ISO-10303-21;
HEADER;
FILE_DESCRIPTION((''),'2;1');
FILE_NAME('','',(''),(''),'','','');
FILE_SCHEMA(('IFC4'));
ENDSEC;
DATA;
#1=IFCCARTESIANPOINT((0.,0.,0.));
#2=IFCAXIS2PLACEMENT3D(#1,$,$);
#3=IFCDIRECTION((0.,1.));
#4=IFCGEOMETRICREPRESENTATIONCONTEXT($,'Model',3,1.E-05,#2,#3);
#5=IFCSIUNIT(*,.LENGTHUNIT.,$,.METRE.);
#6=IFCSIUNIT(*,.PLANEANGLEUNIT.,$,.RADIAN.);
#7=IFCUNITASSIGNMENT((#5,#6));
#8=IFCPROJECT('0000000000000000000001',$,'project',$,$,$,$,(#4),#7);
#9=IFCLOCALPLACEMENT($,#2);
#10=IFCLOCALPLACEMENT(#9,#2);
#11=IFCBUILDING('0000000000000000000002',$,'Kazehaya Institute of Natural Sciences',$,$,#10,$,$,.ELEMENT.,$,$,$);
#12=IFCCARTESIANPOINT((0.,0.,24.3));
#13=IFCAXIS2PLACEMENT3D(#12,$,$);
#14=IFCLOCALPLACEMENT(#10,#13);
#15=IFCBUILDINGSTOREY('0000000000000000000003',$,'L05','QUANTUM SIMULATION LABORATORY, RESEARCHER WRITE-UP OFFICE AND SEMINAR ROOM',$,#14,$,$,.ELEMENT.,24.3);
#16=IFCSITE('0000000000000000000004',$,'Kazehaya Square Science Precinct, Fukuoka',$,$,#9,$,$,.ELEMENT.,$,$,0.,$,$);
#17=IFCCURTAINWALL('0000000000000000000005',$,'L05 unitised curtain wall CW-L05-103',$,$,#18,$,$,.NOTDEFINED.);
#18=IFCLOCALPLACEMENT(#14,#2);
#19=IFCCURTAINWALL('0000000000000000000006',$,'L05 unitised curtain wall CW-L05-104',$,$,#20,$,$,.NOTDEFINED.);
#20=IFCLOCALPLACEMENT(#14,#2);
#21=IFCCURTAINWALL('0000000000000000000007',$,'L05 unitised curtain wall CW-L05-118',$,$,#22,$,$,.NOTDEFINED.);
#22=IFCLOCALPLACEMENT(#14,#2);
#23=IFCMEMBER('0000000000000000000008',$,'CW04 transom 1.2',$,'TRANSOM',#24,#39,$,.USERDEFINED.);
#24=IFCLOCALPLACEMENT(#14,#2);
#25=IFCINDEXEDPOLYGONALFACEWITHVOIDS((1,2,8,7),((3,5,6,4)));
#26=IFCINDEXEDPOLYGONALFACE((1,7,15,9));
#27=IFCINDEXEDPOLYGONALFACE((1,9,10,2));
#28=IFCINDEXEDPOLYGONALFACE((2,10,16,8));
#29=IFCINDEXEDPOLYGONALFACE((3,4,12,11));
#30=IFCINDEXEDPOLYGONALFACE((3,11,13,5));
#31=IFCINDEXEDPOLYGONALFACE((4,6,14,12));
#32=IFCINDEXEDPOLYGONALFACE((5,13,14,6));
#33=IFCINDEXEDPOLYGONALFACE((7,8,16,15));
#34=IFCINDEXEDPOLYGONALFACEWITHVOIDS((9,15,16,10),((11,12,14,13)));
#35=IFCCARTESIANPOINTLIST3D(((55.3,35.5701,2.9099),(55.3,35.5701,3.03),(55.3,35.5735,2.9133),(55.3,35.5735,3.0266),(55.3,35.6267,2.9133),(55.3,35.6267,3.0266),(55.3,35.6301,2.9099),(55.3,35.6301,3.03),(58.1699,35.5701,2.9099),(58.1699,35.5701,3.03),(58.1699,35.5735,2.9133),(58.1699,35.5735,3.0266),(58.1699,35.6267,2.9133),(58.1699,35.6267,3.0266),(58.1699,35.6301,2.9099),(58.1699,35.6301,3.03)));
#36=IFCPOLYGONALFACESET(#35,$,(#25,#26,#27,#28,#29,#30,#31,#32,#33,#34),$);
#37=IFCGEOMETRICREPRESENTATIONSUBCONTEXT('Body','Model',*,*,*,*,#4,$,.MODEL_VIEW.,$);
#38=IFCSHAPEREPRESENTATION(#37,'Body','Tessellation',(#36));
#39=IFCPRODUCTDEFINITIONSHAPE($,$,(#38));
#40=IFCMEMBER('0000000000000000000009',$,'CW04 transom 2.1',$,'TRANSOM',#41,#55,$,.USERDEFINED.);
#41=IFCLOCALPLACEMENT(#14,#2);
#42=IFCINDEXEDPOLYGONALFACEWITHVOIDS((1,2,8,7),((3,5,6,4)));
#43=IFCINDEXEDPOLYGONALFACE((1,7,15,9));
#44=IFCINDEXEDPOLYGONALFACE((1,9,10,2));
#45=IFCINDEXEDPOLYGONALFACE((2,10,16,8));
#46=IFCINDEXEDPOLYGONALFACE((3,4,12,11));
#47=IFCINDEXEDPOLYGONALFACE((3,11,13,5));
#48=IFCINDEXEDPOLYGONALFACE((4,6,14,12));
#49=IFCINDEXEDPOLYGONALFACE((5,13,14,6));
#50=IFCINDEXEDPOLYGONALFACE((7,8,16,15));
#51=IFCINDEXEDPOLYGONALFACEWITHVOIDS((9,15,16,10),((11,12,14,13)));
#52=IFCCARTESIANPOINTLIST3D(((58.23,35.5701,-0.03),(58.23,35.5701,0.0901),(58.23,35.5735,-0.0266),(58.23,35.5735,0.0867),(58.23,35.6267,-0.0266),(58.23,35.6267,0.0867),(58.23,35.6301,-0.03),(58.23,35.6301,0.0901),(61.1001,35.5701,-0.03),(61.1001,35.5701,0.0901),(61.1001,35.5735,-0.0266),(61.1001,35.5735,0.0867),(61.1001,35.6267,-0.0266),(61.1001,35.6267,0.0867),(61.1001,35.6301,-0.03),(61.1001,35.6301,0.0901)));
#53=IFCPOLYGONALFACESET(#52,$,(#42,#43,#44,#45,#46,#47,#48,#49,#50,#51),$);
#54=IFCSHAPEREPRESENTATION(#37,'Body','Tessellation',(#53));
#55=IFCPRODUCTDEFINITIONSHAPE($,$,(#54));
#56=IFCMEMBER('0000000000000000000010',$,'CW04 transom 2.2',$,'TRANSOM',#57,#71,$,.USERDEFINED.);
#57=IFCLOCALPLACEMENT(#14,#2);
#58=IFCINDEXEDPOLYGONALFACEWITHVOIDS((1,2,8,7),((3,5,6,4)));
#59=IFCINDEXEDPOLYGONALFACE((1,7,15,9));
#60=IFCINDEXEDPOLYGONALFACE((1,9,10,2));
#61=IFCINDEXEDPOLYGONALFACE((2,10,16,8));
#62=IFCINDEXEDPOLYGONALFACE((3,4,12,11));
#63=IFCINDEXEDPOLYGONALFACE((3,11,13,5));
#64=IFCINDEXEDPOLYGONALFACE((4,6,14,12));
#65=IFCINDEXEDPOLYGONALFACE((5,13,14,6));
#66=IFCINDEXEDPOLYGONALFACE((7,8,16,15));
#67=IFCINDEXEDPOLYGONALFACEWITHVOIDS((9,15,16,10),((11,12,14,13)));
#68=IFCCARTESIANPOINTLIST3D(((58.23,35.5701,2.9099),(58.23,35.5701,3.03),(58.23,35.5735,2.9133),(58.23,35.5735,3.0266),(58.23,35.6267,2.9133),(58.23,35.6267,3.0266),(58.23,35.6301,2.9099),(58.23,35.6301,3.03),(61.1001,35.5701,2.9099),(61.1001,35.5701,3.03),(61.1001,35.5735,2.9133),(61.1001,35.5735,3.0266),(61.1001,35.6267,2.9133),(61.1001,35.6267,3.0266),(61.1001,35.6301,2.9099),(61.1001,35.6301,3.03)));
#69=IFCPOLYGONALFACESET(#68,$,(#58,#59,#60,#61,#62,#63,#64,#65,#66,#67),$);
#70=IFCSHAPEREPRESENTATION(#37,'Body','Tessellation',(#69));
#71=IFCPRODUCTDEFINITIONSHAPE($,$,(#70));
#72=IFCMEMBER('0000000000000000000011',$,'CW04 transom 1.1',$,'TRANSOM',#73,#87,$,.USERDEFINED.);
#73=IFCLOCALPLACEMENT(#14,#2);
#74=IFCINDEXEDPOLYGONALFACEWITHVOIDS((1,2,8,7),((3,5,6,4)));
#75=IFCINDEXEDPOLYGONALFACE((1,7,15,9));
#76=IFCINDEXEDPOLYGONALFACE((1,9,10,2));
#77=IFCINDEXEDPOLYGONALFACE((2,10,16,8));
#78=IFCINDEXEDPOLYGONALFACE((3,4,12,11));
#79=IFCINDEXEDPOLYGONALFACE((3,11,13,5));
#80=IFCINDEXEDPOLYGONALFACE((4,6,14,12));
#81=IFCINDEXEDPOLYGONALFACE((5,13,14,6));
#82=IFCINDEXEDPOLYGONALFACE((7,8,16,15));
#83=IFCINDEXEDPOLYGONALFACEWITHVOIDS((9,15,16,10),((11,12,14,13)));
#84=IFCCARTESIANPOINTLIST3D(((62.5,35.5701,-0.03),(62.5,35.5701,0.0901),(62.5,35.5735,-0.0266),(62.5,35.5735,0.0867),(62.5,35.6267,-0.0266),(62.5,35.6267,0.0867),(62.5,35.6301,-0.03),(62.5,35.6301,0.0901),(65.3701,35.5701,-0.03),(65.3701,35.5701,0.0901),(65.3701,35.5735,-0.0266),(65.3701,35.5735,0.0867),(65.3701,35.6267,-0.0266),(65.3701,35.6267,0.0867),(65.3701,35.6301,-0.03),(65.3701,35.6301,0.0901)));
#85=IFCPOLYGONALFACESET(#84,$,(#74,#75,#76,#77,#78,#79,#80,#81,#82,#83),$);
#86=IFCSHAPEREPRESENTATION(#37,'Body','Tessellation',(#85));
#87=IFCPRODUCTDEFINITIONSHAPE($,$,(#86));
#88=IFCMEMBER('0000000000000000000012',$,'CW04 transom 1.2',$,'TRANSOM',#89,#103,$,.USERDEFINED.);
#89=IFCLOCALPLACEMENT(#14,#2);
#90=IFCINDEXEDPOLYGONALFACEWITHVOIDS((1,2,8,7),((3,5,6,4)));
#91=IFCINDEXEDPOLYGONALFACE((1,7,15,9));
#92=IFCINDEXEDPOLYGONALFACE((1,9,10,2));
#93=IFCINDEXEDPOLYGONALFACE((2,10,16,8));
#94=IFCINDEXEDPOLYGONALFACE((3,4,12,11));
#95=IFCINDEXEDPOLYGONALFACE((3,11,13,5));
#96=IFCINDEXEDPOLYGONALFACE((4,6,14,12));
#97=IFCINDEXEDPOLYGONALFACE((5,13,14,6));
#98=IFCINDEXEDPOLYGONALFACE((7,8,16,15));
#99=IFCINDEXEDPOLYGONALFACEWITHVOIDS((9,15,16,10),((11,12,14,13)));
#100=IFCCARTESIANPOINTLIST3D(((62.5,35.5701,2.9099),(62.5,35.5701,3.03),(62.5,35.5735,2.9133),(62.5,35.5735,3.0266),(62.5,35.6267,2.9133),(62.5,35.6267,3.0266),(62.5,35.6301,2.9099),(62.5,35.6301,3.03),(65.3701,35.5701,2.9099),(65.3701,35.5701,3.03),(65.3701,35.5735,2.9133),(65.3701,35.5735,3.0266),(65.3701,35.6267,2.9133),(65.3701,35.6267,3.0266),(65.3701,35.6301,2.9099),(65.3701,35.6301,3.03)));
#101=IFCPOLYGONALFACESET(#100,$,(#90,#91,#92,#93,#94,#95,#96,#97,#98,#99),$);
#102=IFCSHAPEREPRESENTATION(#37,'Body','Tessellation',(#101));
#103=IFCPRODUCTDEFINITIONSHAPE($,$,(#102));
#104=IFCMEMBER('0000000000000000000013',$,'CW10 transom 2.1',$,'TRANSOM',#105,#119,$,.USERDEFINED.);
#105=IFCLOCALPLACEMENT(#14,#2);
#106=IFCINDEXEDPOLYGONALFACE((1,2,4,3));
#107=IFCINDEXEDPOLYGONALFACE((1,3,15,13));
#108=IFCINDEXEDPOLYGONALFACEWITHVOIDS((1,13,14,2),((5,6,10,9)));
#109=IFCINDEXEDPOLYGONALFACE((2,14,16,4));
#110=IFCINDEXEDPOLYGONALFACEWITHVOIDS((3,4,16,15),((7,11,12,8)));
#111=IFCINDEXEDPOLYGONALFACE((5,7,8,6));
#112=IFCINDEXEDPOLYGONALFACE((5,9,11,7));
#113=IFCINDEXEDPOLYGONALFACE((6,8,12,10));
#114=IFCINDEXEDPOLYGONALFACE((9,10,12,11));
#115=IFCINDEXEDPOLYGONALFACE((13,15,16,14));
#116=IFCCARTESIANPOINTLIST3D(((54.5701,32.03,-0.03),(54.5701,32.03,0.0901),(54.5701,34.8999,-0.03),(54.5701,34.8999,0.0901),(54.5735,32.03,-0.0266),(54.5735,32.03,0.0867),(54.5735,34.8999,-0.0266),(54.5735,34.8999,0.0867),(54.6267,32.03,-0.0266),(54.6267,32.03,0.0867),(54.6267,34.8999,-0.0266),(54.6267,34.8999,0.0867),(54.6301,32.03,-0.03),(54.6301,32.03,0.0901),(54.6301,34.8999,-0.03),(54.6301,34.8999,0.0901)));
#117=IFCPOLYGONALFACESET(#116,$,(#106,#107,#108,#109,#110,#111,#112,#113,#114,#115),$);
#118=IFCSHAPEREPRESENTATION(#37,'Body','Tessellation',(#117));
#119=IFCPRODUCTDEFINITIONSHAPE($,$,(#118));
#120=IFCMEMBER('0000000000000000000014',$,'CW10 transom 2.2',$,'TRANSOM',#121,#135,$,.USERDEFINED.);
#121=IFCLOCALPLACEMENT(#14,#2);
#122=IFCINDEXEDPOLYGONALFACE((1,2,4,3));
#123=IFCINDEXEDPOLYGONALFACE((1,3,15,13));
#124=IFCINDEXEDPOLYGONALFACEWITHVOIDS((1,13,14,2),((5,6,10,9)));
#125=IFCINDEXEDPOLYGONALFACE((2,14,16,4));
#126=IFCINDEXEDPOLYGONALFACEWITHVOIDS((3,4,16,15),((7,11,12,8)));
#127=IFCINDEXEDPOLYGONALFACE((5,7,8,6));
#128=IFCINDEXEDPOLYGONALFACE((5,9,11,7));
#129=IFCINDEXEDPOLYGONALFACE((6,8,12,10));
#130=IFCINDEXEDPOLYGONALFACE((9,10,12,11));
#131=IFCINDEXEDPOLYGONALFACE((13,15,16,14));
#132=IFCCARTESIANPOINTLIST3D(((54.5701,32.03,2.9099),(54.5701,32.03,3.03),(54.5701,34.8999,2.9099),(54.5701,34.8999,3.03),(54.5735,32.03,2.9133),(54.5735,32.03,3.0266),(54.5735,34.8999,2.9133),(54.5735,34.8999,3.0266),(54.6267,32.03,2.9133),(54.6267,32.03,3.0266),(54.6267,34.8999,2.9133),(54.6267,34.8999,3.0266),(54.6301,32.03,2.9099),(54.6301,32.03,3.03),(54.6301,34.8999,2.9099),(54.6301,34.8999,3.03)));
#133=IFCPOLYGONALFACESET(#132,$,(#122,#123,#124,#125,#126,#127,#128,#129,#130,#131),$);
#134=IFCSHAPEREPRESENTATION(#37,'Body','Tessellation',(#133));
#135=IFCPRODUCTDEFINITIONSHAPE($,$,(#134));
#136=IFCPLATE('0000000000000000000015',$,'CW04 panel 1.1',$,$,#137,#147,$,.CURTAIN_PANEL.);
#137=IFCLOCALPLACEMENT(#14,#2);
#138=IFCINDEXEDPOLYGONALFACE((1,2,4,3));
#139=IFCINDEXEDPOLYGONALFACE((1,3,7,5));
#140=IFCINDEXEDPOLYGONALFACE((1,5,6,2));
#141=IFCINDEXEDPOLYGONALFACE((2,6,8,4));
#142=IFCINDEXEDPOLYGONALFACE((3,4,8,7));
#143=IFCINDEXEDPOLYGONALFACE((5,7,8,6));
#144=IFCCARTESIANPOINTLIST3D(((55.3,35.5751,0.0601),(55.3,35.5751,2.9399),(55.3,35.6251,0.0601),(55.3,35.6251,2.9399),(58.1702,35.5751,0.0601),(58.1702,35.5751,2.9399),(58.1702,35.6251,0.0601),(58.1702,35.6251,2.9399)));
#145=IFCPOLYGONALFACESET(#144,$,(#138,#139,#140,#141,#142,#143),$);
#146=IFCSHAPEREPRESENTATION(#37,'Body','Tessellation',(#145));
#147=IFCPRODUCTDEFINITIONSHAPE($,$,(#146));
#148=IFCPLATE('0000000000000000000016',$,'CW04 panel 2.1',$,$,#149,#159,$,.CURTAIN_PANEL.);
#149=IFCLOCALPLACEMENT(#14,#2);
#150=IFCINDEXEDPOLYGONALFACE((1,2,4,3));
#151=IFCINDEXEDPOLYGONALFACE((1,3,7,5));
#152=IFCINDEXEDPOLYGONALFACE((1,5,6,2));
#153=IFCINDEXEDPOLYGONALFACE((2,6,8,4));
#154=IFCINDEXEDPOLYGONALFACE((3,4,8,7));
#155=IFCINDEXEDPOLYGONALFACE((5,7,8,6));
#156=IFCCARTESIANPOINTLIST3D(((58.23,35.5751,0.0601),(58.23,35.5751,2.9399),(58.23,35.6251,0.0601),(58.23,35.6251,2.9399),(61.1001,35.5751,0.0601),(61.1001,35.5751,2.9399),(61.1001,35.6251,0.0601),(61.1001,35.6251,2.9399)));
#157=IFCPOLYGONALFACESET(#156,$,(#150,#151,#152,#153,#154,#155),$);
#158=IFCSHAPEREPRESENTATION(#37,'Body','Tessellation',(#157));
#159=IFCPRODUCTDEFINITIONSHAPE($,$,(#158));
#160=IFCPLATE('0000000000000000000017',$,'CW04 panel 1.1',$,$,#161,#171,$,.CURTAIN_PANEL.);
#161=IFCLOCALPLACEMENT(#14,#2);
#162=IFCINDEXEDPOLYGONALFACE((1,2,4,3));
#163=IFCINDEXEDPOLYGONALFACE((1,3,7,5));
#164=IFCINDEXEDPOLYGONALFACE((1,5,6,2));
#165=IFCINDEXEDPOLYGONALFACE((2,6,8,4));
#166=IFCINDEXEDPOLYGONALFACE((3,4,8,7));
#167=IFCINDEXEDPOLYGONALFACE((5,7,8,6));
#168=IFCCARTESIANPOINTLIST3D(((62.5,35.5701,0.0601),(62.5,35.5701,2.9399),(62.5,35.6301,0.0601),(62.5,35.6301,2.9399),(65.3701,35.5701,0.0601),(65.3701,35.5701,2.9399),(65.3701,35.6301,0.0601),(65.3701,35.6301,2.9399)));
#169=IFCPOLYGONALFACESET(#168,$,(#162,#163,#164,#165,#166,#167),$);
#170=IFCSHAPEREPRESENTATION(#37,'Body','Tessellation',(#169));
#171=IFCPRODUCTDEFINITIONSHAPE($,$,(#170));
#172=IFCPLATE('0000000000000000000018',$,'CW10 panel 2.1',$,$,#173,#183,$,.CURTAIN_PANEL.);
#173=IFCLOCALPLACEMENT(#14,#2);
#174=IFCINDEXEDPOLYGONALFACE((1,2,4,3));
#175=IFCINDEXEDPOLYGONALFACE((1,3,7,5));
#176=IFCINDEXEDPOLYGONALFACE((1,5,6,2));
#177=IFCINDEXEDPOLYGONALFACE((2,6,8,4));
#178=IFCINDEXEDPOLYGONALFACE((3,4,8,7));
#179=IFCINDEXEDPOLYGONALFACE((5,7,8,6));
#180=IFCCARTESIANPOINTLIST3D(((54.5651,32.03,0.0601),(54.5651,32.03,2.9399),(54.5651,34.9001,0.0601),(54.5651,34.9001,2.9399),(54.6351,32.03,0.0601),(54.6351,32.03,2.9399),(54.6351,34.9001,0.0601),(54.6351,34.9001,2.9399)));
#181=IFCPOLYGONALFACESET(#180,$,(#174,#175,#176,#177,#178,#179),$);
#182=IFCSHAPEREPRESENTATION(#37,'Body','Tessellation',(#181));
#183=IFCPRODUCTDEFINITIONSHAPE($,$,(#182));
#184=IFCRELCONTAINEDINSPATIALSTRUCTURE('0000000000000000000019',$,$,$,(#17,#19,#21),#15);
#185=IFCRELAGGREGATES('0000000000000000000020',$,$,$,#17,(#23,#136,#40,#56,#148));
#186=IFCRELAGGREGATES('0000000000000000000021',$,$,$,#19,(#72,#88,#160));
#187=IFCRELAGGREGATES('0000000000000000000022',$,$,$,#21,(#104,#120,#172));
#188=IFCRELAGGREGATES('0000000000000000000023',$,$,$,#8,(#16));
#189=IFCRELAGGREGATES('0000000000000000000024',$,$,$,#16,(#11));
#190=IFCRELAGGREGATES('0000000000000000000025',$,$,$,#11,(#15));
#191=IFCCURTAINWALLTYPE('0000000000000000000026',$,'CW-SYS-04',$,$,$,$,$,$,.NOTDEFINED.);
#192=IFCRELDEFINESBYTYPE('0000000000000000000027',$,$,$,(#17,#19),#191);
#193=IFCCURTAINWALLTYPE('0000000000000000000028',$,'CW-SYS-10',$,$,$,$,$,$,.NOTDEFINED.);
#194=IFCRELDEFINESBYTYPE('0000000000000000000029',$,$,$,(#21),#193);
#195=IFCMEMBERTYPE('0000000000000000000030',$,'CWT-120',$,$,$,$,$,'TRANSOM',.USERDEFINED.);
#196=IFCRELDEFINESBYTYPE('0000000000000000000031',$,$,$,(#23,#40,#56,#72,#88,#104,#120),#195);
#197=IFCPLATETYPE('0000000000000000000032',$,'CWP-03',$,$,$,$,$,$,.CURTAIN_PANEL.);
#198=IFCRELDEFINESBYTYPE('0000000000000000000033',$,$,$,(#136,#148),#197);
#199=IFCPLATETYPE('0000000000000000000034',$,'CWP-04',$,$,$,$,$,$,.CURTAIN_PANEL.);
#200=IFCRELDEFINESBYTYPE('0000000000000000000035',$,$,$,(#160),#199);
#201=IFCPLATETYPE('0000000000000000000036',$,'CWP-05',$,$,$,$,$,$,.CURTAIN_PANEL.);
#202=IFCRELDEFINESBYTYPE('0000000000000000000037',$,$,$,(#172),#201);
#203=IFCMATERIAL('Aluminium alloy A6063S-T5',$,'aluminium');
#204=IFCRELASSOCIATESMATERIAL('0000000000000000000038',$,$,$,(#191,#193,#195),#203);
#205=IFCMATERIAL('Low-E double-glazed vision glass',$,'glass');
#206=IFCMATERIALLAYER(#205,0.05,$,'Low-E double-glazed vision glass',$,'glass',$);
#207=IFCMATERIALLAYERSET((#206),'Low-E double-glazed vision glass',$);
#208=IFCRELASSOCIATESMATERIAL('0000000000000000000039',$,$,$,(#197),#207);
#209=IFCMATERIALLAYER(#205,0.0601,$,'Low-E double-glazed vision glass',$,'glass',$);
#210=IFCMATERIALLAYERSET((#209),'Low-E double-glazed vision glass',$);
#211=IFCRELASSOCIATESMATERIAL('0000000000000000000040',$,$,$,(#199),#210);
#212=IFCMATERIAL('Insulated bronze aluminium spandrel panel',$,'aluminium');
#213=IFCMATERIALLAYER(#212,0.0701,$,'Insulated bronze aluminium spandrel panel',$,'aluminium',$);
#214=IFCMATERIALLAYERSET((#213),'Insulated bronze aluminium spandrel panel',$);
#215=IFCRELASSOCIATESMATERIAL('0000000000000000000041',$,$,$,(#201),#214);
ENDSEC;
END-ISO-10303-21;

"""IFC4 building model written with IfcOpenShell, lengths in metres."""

from ifc_helpers import new_model, si_unit, direction, frame, origin, origin_2d, place, context, subcontext, project, spatial, rectangle, hollow_rectangle, extrude, material, layer, layer_set, material_profile, profile_set, type_object, element, aggregate, save


model = new_model("IFC4")

# Units and contexts
model_context = context("Model", 3, precision=1e-05, world=origin(), true_north=direction((0.0, 1.0)))
body_context = subcontext(model_context, "Body", "Model", "MODEL_VIEW")
ifc_project = project(units=[si_unit("LENGTHUNIT", "METRE"), si_unit("PLANEANGLEUNIT", "RADIAN")], contexts=[model_context])

# Site, building, storey
site_placement = place(None, origin())
site = spatial("IfcSite", under=ifc_project, at=site_placement, Name="Kazehaya Square Science Precinct, Fukuoka", CompositionType="ELEMENT", RefElevation=0.0)
building_placement = place(site_placement, origin())
building = spatial("IfcBuilding", under=site, at=building_placement, Name="Kazehaya Institute of Natural Sciences", CompositionType="ELEMENT")
storey_placement = place(building_placement, frame((0.0, 0.0, 24.3)))
storey = spatial("IfcBuildingStorey", under=building, at=storey_placement, Name="L05", Description="QUANTUM SIMULATION LABORATORY, RESEARCHER WRITE-UP OFFICE AND SEMINAR ROOM", CompositionType="ELEMENT", Elevation=24.3)

# Curtain walls
ifc_material_1 = material(Name="Aluminium alloy A6063S-T5", Category="aluminium")
curtain_wall_type_1 = type_object("IfcCurtainWallType", Name="CW-SYS-04", PredefinedType="NOTDEFINED", material=ifc_material_1)
curtain_wall_1_placement = place(storey_placement, origin())
curtain_wall_1 = element("IfcCurtainWall", 1, at=curtain_wall_1_placement, inside=storey, type_object=curtain_wall_type_1, Name="L05 unitised curtain wall CW-L05-103", PredefinedType="NOTDEFINED")
curtain_wall_2_placement = place(storey_placement, origin())
curtain_wall_2 = element("IfcCurtainWall", 2, at=curtain_wall_2_placement, inside=storey, type_object=curtain_wall_type_1, Name="L05 unitised curtain wall CW-L05-104", PredefinedType="NOTDEFINED")
curtain_wall_type_2 = type_object("IfcCurtainWallType", Name="CW-SYS-10", PredefinedType="NOTDEFINED", material=ifc_material_1)
curtain_wall_3_placement = place(storey_placement, origin())
curtain_wall_3 = element("IfcCurtainWall", 3, at=curtain_wall_3_placement, inside=storey, type_object=curtain_wall_type_2, Name="L05 unitised curtain wall CW-L05-118", PredefinedType="NOTDEFINED")

# Members
ifc_material_profile_1 = material_profile(ifc_material_1, hollow_rectangle(XDim=0.0601, YDim=0.1201, WallThickness=0.0034, at=origin_2d()), Name="ALU-60x120x3.5")
ifc_profile_set_1 = profile_set([ifc_material_profile_1], Name="Aluminium alloy A6063S-T5")
member_type_1 = type_object("IfcMemberType", Name="CWT-120", ElementType="TRANSOM", PredefinedType="USERDEFINED", material=ifc_profile_set_1)
member_1_placement = place(storey_placement, frame((55.3, 35.6001, 2.97), z_axis=(1.0, 0.0, 0.0), x_axis=(0.0, 1.0, 0.0)))
member_1 = element("IfcMember", 4, at=member_1_placement, type_object=member_type_1, Name="CW04 transom 1.2", ObjectType="TRANSOM", PredefinedType="USERDEFINED", context=body_context, shape_type="SweptSolid", body=[
    extrude(hollow_rectangle(XDim=0.0601, YDim=0.1201, WallThickness=0.0034, at=origin_2d()), origin(), (0.0, 0.0, 1.0), 2.8699),
])
member_2_placement = place(storey_placement, frame((58.23, 35.6001, 0.03), z_axis=(1.0, 0.0, 0.0), x_axis=(0.0, 1.0, 0.0)))
member_2 = element("IfcMember", 5, at=member_2_placement, type_object=member_type_1, Name="CW04 transom 2.1", ObjectType="TRANSOM", PredefinedType="USERDEFINED", context=body_context, shape_type="SweptSolid", body=[
    extrude(hollow_rectangle(XDim=0.0601, YDim=0.1201, WallThickness=0.0034, at=origin_2d()), origin(), (0.0, 0.0, 1.0), 2.8701),
])
member_3_placement = place(storey_placement, frame((58.23, 35.6001, 2.97), z_axis=(1.0, 0.0, 0.0), x_axis=(0.0, 1.0, 0.0)))
member_3 = element("IfcMember", 6, at=member_3_placement, type_object=member_type_1, Name="CW04 transom 2.2", ObjectType="TRANSOM", PredefinedType="USERDEFINED", context=body_context, shape_type="SweptSolid", body=[
    extrude(hollow_rectangle(XDim=0.0601, YDim=0.1201, WallThickness=0.0034, at=origin_2d()), origin(), (0.0, 0.0, 1.0), 2.8701),
])
member_4_placement = place(storey_placement, frame((62.5, 35.6001, 0.03), z_axis=(1.0, 0.0, 0.0), x_axis=(0.0, 1.0, 0.0)))
member_4 = element("IfcMember", 7, at=member_4_placement, type_object=member_type_1, Name="CW04 transom 1.1", ObjectType="TRANSOM", PredefinedType="USERDEFINED", context=body_context, shape_type="SweptSolid", body=[
    extrude(hollow_rectangle(XDim=0.0601, YDim=0.1201, WallThickness=0.0034, at=origin_2d()), origin(), (0.0, 0.0, 1.0), 2.8701),
])
member_5_placement = place(storey_placement, frame((62.5, 35.6001, 2.97), z_axis=(1.0, 0.0, 0.0), x_axis=(0.0, 1.0, 0.0)))
member_5 = element("IfcMember", 8, at=member_5_placement, type_object=member_type_1, Name="CW04 transom 1.2", ObjectType="TRANSOM", PredefinedType="USERDEFINED", context=body_context, shape_type="SweptSolid", body=[
    extrude(hollow_rectangle(XDim=0.0601, YDim=0.1201, WallThickness=0.0034, at=origin_2d()), origin(), (0.0, 0.0, 1.0), 2.8701),
])
member_6_placement = place(storey_placement, frame((54.6001, 32.03, 0.03), z_axis=(0.0, 1.0, 0.0), x_axis=(-1.0, 0.0, 0.0)))
member_6 = element("IfcMember", 9, at=member_6_placement, type_object=member_type_1, Name="CW10 transom 2.1", ObjectType="TRANSOM", PredefinedType="USERDEFINED", context=body_context, shape_type="SweptSolid", body=[
    extrude(hollow_rectangle(XDim=0.0601, YDim=0.1201, WallThickness=0.0034, at=origin_2d()), origin(), (0.0, 0.0, 1.0), 2.8699),
])
member_7_placement = place(storey_placement, frame((54.6001, 32.03, 2.97), z_axis=(0.0, 1.0, 0.0), x_axis=(-1.0, 0.0, 0.0)))
member_7 = element("IfcMember", 10, at=member_7_placement, type_object=member_type_1, Name="CW10 transom 2.2", ObjectType="TRANSOM", PredefinedType="USERDEFINED", context=body_context, shape_type="SweptSolid", body=[
    extrude(hollow_rectangle(XDim=0.0601, YDim=0.1201, WallThickness=0.0034, at=origin_2d()), origin(), (0.0, 0.0, 1.0), 2.8699),
])

# Plates
ifc_material_2 = material(Name="Low-E double-glazed vision glass", Category="glass")
ifc_layer_1 = layer(ifc_material_2, 0.05, Name="Low-E double-glazed vision glass", Category="glass")
ifc_layer_set_1 = layer_set([ifc_layer_1], Name="Low-E double-glazed vision glass")
plate_type_1 = type_object("IfcPlateType", Name="CWP-03", PredefinedType="CURTAIN_PANEL", material=ifc_layer_set_1)
plate_1_placement = place(storey_placement, frame((56.7351, 35.6001, 0.0601), z_axis=(0.0, 0.0, 1.0), x_axis=(1.0, 0.0, 0.0)))
plate_1 = element("IfcPlate", 11, at=plate_1_placement, type_object=plate_type_1, Name="CW04 panel 1.1", PredefinedType="CURTAIN_PANEL", context=body_context, shape_type="SweptSolid", body=[
    extrude(rectangle(XDim=2.8701, YDim=0.05, at=origin_2d()), origin(), (0.0, 0.0, 1.0), 2.8799),
])
plate_2_placement = place(storey_placement, frame((59.665, 35.6001, 0.0601), z_axis=(0.0, 0.0, 1.0), x_axis=(1.0, 0.0, 0.0)))
plate_2 = element("IfcPlate", 12, at=plate_2_placement, type_object=plate_type_1, Name="CW04 panel 2.1", PredefinedType="CURTAIN_PANEL", context=body_context, shape_type="SweptSolid", body=[
    extrude(rectangle(XDim=2.8701, YDim=0.05, at=origin_2d()), origin(), (0.0, 0.0, 1.0), 2.8799),
])
aggregate(curtain_wall_1, [member_1, plate_1, member_2, member_3, plate_2])
ifc_layer_2 = layer(ifc_material_2, 0.0601, Name="Low-E double-glazed vision glass", Category="glass")
ifc_layer_set_2 = layer_set([ifc_layer_2], Name="Low-E double-glazed vision glass")
plate_type_2 = type_object("IfcPlateType", Name="CWP-04", PredefinedType="CURTAIN_PANEL", material=ifc_layer_set_2)
plate_3_placement = place(storey_placement, frame((63.9351, 35.6001, 0.0601), z_axis=(0.0, 0.0, 1.0), x_axis=(1.0, 0.0, 0.0)))
plate_3 = element("IfcPlate", 13, at=plate_3_placement, type_object=plate_type_2, Name="CW04 panel 1.1", PredefinedType="CURTAIN_PANEL", context=body_context, shape_type="SweptSolid", body=[
    extrude(rectangle(XDim=2.8701, YDim=0.0601, at=origin_2d()), origin(), (0.0, 0.0, 1.0), 2.8799),
])
aggregate(curtain_wall_2, [member_4, member_5, plate_3])
ifc_material_3 = material(Name="Insulated bronze aluminium spandrel panel", Category="aluminium")
ifc_layer_3 = layer(ifc_material_3, 0.0701, Name="Insulated bronze aluminium spandrel panel", Category="aluminium")
ifc_layer_set_3 = layer_set([ifc_layer_3], Name="Insulated bronze aluminium spandrel panel")
plate_type_3 = type_object("IfcPlateType", Name="CWP-05", PredefinedType="CURTAIN_PANEL", material=ifc_layer_set_3)
plate_4_placement = place(storey_placement, frame((54.6001, 33.4651, 0.0601), z_axis=(0.0, 0.0, 1.0), x_axis=(0.0, 1.0, 0.0)))
plate_4 = element("IfcPlate", 14, at=plate_4_placement, type_object=plate_type_3, Name="CW10 panel 2.1", PredefinedType="CURTAIN_PANEL", context=body_context, shape_type="SweptSolid", body=[
    extrude(rectangle(XDim=2.8701, YDim=0.0701, at=origin_2d()), origin(), (0.0, 0.0, 1.0), 2.8799),
])
aggregate(curtain_wall_3, [member_6, member_7, plate_4])

save(model, "model.ifc")
